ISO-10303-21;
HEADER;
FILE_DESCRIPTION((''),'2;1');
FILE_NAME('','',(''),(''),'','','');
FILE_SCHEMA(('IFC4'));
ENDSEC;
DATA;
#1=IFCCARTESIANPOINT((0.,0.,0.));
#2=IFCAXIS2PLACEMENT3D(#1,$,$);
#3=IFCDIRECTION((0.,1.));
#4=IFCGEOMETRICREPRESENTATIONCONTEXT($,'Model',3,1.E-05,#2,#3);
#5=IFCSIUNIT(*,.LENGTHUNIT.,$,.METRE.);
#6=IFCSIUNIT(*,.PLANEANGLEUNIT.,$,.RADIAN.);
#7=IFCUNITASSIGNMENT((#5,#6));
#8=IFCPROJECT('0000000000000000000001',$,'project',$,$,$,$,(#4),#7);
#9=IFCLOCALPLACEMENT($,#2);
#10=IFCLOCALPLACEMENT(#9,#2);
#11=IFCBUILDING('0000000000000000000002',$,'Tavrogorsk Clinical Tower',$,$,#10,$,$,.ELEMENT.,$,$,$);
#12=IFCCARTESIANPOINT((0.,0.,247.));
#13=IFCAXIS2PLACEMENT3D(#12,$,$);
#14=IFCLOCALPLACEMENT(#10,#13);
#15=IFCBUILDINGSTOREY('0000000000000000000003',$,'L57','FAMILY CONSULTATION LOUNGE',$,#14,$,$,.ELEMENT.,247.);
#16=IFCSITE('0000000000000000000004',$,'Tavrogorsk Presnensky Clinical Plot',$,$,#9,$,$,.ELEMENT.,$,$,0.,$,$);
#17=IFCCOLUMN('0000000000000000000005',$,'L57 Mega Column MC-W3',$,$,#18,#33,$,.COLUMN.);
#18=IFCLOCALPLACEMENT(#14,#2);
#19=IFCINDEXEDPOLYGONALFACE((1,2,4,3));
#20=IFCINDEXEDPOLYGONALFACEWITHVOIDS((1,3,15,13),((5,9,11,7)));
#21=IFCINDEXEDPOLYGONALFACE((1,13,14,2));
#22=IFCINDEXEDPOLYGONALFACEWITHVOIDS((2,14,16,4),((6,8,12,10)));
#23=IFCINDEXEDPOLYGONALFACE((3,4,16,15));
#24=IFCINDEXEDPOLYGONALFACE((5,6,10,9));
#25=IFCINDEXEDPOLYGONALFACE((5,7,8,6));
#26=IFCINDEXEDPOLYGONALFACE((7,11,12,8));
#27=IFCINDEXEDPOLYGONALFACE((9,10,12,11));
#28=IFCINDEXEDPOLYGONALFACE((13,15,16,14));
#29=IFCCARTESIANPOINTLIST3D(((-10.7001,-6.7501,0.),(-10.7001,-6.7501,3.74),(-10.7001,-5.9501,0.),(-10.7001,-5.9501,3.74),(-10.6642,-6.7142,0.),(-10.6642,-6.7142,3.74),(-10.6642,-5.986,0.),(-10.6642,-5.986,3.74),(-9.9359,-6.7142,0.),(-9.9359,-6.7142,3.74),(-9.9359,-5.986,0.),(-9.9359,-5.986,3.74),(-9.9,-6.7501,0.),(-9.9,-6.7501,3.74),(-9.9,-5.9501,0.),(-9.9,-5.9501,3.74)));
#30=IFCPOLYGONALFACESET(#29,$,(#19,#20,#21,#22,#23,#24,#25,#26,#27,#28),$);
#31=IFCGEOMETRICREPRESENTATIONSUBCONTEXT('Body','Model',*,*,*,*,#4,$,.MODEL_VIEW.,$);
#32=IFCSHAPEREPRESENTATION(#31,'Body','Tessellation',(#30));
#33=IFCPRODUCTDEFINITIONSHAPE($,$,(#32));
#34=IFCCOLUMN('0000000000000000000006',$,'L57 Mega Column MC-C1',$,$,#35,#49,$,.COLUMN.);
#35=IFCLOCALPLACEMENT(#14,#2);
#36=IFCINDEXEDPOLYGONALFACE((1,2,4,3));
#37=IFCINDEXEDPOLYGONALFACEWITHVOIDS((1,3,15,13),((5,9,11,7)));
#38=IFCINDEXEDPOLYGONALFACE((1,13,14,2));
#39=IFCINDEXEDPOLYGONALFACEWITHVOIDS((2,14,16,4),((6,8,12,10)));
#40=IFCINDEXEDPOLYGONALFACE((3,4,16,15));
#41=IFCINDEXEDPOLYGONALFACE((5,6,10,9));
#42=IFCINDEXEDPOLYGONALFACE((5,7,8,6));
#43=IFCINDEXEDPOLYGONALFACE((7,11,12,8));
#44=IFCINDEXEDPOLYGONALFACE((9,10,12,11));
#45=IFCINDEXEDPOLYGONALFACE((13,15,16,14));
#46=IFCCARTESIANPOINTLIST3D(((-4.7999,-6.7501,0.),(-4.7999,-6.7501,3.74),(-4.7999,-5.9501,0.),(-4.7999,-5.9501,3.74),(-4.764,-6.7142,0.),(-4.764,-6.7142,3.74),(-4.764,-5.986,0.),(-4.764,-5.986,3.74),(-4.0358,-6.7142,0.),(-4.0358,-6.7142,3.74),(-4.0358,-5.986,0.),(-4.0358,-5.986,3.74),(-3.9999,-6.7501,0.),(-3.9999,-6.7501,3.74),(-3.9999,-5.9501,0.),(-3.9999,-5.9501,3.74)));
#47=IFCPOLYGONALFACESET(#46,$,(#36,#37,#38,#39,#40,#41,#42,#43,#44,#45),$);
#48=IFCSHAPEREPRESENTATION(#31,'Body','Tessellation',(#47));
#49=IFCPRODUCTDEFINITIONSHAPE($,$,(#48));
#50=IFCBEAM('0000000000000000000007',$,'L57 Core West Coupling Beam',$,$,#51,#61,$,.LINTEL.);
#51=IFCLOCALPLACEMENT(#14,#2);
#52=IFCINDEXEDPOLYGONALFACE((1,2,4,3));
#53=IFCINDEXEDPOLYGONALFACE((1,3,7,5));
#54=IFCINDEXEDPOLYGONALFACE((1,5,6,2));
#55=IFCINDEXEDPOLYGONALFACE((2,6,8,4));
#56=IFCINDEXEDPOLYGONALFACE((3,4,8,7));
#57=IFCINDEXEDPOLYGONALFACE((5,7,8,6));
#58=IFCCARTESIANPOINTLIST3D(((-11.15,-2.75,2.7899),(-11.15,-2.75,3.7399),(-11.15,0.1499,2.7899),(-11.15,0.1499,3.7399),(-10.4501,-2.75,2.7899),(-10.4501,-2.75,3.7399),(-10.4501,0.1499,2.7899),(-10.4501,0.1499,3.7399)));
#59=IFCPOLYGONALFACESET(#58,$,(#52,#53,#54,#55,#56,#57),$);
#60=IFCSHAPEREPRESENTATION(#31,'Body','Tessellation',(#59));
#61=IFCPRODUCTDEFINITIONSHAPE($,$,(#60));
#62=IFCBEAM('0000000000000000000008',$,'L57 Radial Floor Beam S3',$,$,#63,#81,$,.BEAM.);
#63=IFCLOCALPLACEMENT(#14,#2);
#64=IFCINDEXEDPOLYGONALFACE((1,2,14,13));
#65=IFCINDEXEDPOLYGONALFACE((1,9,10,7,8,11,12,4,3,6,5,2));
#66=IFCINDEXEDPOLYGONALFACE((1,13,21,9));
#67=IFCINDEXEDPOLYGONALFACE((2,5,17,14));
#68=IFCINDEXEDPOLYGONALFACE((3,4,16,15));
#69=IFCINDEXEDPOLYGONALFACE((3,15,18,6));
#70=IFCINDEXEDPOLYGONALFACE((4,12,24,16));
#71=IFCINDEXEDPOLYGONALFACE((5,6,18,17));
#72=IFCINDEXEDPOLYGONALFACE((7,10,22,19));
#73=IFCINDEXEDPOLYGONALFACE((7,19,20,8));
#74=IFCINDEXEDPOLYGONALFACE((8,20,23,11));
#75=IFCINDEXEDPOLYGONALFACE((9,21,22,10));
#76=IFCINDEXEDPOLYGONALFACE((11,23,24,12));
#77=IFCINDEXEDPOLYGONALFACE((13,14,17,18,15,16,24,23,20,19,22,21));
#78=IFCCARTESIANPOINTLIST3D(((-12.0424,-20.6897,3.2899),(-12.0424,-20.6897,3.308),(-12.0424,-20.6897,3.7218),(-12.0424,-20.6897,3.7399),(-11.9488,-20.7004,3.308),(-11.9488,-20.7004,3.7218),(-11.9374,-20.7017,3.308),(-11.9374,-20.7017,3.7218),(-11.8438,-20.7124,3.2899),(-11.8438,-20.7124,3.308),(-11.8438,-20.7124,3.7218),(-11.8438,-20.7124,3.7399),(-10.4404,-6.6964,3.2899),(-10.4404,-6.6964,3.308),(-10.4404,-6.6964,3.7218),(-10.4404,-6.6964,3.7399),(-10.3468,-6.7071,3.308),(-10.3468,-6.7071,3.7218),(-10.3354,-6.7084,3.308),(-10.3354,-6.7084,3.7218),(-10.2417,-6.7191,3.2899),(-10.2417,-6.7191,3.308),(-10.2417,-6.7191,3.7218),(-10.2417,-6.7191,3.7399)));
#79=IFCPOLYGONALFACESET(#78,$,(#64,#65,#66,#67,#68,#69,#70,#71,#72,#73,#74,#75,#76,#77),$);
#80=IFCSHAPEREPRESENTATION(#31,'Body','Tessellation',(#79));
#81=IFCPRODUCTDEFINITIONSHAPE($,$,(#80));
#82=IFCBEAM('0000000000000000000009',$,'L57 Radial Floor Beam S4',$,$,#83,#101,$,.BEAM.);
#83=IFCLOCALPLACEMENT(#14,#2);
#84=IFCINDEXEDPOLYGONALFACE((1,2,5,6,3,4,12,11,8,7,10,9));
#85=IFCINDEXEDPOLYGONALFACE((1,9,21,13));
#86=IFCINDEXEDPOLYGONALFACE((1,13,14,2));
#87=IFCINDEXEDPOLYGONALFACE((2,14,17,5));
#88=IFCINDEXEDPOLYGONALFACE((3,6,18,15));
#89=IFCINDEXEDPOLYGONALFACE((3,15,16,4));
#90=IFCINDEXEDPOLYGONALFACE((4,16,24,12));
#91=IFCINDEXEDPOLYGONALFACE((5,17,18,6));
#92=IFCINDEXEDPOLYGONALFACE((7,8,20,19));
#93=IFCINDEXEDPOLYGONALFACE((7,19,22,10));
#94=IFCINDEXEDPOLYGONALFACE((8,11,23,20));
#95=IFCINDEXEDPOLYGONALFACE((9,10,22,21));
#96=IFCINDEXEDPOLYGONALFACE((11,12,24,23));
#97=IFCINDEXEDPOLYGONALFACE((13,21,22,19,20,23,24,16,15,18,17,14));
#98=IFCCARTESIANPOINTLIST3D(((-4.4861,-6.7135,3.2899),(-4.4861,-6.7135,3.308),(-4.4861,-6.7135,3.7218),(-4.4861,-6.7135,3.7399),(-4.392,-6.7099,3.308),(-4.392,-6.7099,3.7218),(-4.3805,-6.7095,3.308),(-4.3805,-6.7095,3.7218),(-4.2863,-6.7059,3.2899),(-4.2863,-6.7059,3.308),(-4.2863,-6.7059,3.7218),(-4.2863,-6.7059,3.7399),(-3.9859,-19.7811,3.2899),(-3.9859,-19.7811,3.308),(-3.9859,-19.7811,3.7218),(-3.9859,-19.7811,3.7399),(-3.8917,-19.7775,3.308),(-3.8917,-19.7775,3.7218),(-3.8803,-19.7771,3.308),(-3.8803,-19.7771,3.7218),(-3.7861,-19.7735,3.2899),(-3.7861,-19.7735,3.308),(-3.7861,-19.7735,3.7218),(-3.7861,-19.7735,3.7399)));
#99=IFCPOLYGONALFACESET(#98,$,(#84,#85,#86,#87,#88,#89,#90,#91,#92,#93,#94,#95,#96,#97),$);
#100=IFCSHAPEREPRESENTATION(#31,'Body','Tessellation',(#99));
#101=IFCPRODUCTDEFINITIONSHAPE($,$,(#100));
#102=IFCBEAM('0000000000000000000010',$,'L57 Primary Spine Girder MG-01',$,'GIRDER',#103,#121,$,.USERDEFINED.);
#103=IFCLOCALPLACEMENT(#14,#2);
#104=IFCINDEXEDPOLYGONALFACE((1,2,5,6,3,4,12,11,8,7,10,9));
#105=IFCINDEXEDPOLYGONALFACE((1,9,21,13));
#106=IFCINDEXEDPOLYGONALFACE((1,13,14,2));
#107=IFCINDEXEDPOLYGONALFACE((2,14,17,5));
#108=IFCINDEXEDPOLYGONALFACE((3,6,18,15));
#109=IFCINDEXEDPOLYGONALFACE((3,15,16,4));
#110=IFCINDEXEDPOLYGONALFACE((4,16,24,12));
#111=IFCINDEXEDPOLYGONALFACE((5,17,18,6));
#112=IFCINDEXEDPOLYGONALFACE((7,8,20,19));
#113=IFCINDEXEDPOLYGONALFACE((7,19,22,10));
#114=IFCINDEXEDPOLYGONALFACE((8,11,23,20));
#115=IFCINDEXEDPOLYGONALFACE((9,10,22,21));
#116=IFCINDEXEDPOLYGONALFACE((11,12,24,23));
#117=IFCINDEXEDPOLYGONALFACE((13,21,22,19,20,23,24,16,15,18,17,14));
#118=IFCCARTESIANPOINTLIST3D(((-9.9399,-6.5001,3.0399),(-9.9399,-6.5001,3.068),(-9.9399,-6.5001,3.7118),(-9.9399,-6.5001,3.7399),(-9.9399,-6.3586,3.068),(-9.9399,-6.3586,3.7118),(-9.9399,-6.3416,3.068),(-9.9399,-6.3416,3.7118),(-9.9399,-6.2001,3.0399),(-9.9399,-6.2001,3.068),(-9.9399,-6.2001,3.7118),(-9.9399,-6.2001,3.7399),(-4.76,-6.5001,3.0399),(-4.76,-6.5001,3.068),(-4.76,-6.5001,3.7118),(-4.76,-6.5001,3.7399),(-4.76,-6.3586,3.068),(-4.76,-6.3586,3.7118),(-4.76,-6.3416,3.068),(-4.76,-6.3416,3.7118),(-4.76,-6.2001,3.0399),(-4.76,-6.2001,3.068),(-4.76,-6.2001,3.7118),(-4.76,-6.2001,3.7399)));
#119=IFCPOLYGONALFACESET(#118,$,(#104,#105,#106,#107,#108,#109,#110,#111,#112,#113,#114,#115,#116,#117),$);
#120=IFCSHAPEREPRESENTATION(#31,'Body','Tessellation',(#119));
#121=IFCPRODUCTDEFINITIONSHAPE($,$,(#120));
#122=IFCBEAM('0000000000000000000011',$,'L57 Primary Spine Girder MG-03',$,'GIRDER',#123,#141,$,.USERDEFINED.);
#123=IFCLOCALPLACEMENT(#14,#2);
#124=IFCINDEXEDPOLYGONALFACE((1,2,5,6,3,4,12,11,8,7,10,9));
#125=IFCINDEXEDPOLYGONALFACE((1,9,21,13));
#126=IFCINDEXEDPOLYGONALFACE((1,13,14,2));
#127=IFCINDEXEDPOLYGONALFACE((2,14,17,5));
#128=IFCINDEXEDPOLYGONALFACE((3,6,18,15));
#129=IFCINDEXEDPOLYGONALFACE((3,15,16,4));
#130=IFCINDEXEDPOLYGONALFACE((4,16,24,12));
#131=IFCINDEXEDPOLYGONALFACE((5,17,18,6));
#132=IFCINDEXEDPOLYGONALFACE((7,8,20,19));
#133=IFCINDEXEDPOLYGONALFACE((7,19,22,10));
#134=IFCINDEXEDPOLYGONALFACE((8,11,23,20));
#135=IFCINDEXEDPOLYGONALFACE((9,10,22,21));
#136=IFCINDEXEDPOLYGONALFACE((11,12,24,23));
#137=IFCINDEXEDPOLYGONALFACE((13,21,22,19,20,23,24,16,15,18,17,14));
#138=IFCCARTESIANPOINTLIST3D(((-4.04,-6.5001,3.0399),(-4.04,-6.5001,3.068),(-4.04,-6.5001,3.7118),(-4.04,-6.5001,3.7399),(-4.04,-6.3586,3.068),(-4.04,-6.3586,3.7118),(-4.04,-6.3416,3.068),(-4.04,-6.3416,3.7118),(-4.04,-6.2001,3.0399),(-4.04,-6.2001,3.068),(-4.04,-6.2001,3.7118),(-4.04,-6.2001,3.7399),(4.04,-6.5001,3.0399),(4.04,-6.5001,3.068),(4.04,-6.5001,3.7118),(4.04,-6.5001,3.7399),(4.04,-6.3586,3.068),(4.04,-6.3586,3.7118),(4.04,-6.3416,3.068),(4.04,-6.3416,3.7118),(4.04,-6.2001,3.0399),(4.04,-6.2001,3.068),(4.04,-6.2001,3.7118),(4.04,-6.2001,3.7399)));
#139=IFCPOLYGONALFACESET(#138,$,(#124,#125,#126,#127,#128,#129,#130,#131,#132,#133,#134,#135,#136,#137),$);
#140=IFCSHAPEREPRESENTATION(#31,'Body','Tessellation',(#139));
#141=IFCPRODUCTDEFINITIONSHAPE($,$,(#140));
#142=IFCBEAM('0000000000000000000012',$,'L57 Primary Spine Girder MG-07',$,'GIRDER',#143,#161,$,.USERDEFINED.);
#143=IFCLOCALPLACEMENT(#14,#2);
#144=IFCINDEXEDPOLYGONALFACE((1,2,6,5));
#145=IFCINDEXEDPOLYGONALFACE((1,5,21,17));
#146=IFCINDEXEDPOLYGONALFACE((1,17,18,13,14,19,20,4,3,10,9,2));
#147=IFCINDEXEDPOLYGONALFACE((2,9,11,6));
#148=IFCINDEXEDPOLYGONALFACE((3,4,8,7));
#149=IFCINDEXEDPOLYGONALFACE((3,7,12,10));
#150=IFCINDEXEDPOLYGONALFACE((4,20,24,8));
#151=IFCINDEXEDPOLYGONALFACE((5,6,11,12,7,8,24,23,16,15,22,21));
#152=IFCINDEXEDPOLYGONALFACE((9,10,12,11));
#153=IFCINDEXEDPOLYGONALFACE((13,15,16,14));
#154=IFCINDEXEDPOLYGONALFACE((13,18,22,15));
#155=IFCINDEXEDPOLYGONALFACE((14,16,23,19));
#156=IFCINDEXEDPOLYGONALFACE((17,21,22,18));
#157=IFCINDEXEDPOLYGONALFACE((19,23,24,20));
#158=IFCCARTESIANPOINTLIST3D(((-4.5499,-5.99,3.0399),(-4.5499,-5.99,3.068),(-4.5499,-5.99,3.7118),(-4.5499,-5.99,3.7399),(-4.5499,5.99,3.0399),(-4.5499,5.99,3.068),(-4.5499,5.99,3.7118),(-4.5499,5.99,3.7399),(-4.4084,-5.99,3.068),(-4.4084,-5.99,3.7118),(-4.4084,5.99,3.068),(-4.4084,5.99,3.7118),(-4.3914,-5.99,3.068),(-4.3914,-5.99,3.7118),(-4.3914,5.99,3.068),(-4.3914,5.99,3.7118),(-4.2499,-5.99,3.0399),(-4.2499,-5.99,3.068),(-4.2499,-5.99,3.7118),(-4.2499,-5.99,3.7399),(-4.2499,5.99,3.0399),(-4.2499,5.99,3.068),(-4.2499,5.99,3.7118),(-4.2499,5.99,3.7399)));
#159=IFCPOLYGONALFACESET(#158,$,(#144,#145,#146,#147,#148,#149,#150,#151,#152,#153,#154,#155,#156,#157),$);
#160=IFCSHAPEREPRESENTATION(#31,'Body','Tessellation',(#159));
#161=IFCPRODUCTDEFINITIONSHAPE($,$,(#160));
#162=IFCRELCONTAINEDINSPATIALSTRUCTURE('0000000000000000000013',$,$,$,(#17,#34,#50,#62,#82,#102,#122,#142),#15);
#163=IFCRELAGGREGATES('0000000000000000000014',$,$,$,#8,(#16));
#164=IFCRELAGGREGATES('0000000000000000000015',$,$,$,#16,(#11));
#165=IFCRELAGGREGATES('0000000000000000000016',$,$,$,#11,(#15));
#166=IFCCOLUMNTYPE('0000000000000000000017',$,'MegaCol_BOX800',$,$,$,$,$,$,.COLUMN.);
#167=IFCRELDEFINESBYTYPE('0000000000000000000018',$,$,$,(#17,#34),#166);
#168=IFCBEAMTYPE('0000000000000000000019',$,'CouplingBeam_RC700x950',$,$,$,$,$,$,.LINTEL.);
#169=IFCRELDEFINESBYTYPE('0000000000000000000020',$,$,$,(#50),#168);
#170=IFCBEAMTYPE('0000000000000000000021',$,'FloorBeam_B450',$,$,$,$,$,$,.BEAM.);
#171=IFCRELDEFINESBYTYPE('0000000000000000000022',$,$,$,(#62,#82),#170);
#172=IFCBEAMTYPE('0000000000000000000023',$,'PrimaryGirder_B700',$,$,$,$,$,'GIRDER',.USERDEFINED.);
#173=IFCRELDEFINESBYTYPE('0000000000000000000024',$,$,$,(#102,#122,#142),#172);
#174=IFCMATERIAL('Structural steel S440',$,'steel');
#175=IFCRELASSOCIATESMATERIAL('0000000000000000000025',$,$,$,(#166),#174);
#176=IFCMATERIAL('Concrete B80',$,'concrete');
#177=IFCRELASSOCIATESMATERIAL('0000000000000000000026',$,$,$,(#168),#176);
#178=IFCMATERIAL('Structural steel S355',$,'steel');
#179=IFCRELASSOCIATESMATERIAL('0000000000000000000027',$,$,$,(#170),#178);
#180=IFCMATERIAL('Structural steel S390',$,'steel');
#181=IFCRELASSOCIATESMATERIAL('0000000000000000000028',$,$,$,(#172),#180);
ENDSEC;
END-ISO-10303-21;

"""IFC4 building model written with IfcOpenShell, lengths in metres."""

from ifc_helpers import new_model, si_unit, direction, frame, origin, origin_2d, place, context, subcontext, project, spatial, rectangle, hollow_rectangle, i_section, extrude, material, material_profile, profile_set, type_object, element, save


model = new_model("IFC4")

# Units and contexts
model_context = context("Model", 3, precision=1e-05, world=origin(), true_north=direction((0.0, 1.0)))
body_context = subcontext(model_context, "Body", "Model", "MODEL_VIEW")
ifc_project = project(units=[si_unit("LENGTHUNIT", "METRE"), si_unit("PLANEANGLEUNIT", "RADIAN")], contexts=[model_context])

# Site, building, storey
site_placement = place(None, origin())
site = spatial("IfcSite", under=ifc_project, at=site_placement, Name="Tavrogorsk Presnensky Clinical Plot", CompositionType="ELEMENT", RefElevation=0.0)
building_placement = place(site_placement, origin())
building = spatial("IfcBuilding", under=site, at=building_placement, Name="Tavrogorsk Clinical Tower", CompositionType="ELEMENT")
storey_placement = place(building_placement, frame((0.0, 0.0, 247.0)))
storey = spatial("IfcBuildingStorey", under=building, at=storey_placement, Name="L57", Description="FAMILY CONSULTATION LOUNGE", CompositionType="ELEMENT", Elevation=247.0)

# Columns
ifc_material_1 = material(Name="Structural steel S440", Category="steel")
ifc_material_profile_1 = material_profile(ifc_material_1, hollow_rectangle(XDim=0.8, YDim=0.8, WallThickness=0.0359, at=origin_2d()), Name="BOX-800x800x36")
ifc_profile_set_1 = profile_set([ifc_material_profile_1], Name="Structural steel S440")
column_type = type_object("IfcColumnType", Name="MegaCol_BOX800", PredefinedType="COLUMN", material=ifc_profile_set_1)
for number, where, z_axis, x_axis, name in (
    (1, (-10.3, -6.3501, 0.0), (0.0, 0.0, 1.0), (1.0, 0.0, 0.0), "L57 Mega Column MC-W3"),
    (2, (-4.3999, -6.3501, 0.0), (0.0, 0.0, 1.0), (1.0, 0.0, 0.0), "L57 Mega Column MC-C1"),
):
    element("IfcColumn", number, at=place(storey_placement, frame(where, z_axis=z_axis, x_axis=x_axis)), inside=storey, type_object=column_type, Name=name, PredefinedType="COLUMN", context=body_context, shape_type="SweptSolid", body=[
        extrude(hollow_rectangle(XDim=0.8, YDim=0.8, WallThickness=0.0359, at=origin_2d()), origin(), (0.0, 0.0, 1.0), 3.74),
    ])

# Beams
ifc_material_2 = material(Name="Concrete B80", Category="concrete")
ifc_material_profile_2 = material_profile(ifc_material_2, rectangle(XDim=0.7, YDim=0.95, at=origin_2d()), Name="RC-CB-700x950")
ifc_profile_set_2 = profile_set([ifc_material_profile_2], Name="Concrete B80")
beam_type_1 = type_object("IfcBeamType", Name="CouplingBeam_RC700x950", PredefinedType="LINTEL", material=ifc_profile_set_2)
beam_1_placement = place(storey_placement, frame((-10.8, -2.75, 3.2649), z_axis=(0.0, 1.0, 0.0), x_axis=(-1.0, 0.0, 0.0)))
element("IfcBeam", 3, at=beam_1_placement, inside=storey, type_object=beam_type_1, Name="L57 Core West Coupling Beam", PredefinedType="LINTEL", context=body_context, shape_type="SweptSolid", body=[
    extrude(rectangle(XDim=0.7, YDim=0.95, at=origin_2d()), origin(), (0.0, 0.0, 1.0), 2.8999),
])
ifc_material_3 = material(Name="Structural steel S355", Category="steel")
ifc_material_profile_3 = material_profile(ifc_material_3, i_section(OverallWidth=0.2, OverallDepth=0.45, WebThickness=0.0115, FlangeThickness=0.0181, at=origin_2d()), Name="B-450x200x11.5x18")
ifc_profile_set_3 = profile_set([ifc_material_profile_3], Name="Structural steel S355")
beam_type_2 = type_object("IfcBeamType", Name="FloorBeam_B450", PredefinedType="BEAM", material=ifc_profile_set_3)
beam_2_placement = place(storey_placement, frame((-10.3411, -6.7078, 3.5149), z_axis=(-0.113743, -0.99351, 0.0), x_axis=(0.99351, -0.113743, 0.0)))
element("IfcBeam", 4, at=beam_2_placement, inside=storey, type_object=beam_type_2, Name="L57 Radial Floor Beam S3", PredefinedType="BEAM", context=body_context, shape_type="SweptSolid", body=[
    extrude(i_section(OverallWidth=0.2, OverallDepth=0.45, WebThickness=0.0115, FlangeThickness=0.0181, at=origin_2d()), origin(), (0.0, 0.0, 1.0), 14.0847),
])
beam_3_placement = place(storey_placement, frame((-4.3862, -6.7097, 3.5149), z_axis=(0.038253, -0.999268, 0.0), x_axis=(0.999268, 0.038253, 0.0)))
element("IfcBeam", 5, at=beam_3_placement, inside=storey, type_object=beam_type_2, Name="L57 Radial Floor Beam S4", PredefinedType="BEAM", context=body_context, shape_type="SweptSolid", body=[
    extrude(i_section(OverallWidth=0.2, OverallDepth=0.45, WebThickness=0.0115, FlangeThickness=0.0181, at=origin_2d()), origin(), (0.0, 0.0, 1.0), 13.0771),
])
ifc_material_4 = material(Name="Structural steel S390", Category="steel")
ifc_material_profile_4 = material_profile(ifc_material_4, i_section(OverallWidth=0.3, OverallDepth=0.7, WebThickness=0.0171, FlangeThickness=0.0281, at=origin_2d()), Name="B-700x300x17x28")
ifc_profile_set_4 = profile_set([ifc_material_profile_4], Name="Structural steel S390")
beam_type_3 = type_object("IfcBeamType", Name="PrimaryGirder_B700", ElementType="GIRDER", PredefinedType="USERDEFINED", material=ifc_profile_set_4)
beam_4_placement = place(storey_placement, frame((-9.9399, -6.3501, 3.3899), z_axis=(1.0, 0.0, 0.0), x_axis=(0.0, 1.0, 0.0)))
element("IfcBeam", 6, at=beam_4_placement, inside=storey, type_object=beam_type_3, Name="L57 Primary Spine Girder MG-01", ObjectType="GIRDER", PredefinedType="USERDEFINED", context=body_context, shape_type="SweptSolid", body=[
    extrude(i_section(OverallWidth=0.3, OverallDepth=0.7, WebThickness=0.0171, FlangeThickness=0.0281, at=origin_2d()), origin(), (0.0, 0.0, 1.0), 5.1799),
])
beam_5_placement = place(storey_placement, frame((-4.04, -6.3501, 3.3899), z_axis=(1.0, 0.0, 0.0), x_axis=(0.0, 1.0, 0.0)))
element("IfcBeam", 7, at=beam_5_placement, inside=storey, type_object=beam_type_3, Name="L57 Primary Spine Girder MG-03", ObjectType="GIRDER", PredefinedType="USERDEFINED", context=body_context, shape_type="SweptSolid", body=[
    extrude(i_section(OverallWidth=0.3, OverallDepth=0.7, WebThickness=0.0171, FlangeThickness=0.0281, at=origin_2d()), origin(), (0.0, 0.0, 1.0), 8.0801),
])
beam_6_placement = place(storey_placement, frame((-4.3999, -5.99, 3.3899), z_axis=(0.0, 1.0, 0.0), x_axis=(-1.0, 0.0, 0.0)))
element("IfcBeam", 8, at=beam_6_placement, inside=storey, type_object=beam_type_3, Name="L57 Primary Spine Girder MG-07", ObjectType="GIRDER", PredefinedType="USERDEFINED", context=body_context, shape_type="SweptSolid", body=[
    extrude(i_section(OverallWidth=0.3, OverallDepth=0.7, WebThickness=0.0171, FlangeThickness=0.0281, at=origin_2d()), origin(), (0.0, 0.0, 1.0), 11.98),
])

save(model, "model.ifc")
